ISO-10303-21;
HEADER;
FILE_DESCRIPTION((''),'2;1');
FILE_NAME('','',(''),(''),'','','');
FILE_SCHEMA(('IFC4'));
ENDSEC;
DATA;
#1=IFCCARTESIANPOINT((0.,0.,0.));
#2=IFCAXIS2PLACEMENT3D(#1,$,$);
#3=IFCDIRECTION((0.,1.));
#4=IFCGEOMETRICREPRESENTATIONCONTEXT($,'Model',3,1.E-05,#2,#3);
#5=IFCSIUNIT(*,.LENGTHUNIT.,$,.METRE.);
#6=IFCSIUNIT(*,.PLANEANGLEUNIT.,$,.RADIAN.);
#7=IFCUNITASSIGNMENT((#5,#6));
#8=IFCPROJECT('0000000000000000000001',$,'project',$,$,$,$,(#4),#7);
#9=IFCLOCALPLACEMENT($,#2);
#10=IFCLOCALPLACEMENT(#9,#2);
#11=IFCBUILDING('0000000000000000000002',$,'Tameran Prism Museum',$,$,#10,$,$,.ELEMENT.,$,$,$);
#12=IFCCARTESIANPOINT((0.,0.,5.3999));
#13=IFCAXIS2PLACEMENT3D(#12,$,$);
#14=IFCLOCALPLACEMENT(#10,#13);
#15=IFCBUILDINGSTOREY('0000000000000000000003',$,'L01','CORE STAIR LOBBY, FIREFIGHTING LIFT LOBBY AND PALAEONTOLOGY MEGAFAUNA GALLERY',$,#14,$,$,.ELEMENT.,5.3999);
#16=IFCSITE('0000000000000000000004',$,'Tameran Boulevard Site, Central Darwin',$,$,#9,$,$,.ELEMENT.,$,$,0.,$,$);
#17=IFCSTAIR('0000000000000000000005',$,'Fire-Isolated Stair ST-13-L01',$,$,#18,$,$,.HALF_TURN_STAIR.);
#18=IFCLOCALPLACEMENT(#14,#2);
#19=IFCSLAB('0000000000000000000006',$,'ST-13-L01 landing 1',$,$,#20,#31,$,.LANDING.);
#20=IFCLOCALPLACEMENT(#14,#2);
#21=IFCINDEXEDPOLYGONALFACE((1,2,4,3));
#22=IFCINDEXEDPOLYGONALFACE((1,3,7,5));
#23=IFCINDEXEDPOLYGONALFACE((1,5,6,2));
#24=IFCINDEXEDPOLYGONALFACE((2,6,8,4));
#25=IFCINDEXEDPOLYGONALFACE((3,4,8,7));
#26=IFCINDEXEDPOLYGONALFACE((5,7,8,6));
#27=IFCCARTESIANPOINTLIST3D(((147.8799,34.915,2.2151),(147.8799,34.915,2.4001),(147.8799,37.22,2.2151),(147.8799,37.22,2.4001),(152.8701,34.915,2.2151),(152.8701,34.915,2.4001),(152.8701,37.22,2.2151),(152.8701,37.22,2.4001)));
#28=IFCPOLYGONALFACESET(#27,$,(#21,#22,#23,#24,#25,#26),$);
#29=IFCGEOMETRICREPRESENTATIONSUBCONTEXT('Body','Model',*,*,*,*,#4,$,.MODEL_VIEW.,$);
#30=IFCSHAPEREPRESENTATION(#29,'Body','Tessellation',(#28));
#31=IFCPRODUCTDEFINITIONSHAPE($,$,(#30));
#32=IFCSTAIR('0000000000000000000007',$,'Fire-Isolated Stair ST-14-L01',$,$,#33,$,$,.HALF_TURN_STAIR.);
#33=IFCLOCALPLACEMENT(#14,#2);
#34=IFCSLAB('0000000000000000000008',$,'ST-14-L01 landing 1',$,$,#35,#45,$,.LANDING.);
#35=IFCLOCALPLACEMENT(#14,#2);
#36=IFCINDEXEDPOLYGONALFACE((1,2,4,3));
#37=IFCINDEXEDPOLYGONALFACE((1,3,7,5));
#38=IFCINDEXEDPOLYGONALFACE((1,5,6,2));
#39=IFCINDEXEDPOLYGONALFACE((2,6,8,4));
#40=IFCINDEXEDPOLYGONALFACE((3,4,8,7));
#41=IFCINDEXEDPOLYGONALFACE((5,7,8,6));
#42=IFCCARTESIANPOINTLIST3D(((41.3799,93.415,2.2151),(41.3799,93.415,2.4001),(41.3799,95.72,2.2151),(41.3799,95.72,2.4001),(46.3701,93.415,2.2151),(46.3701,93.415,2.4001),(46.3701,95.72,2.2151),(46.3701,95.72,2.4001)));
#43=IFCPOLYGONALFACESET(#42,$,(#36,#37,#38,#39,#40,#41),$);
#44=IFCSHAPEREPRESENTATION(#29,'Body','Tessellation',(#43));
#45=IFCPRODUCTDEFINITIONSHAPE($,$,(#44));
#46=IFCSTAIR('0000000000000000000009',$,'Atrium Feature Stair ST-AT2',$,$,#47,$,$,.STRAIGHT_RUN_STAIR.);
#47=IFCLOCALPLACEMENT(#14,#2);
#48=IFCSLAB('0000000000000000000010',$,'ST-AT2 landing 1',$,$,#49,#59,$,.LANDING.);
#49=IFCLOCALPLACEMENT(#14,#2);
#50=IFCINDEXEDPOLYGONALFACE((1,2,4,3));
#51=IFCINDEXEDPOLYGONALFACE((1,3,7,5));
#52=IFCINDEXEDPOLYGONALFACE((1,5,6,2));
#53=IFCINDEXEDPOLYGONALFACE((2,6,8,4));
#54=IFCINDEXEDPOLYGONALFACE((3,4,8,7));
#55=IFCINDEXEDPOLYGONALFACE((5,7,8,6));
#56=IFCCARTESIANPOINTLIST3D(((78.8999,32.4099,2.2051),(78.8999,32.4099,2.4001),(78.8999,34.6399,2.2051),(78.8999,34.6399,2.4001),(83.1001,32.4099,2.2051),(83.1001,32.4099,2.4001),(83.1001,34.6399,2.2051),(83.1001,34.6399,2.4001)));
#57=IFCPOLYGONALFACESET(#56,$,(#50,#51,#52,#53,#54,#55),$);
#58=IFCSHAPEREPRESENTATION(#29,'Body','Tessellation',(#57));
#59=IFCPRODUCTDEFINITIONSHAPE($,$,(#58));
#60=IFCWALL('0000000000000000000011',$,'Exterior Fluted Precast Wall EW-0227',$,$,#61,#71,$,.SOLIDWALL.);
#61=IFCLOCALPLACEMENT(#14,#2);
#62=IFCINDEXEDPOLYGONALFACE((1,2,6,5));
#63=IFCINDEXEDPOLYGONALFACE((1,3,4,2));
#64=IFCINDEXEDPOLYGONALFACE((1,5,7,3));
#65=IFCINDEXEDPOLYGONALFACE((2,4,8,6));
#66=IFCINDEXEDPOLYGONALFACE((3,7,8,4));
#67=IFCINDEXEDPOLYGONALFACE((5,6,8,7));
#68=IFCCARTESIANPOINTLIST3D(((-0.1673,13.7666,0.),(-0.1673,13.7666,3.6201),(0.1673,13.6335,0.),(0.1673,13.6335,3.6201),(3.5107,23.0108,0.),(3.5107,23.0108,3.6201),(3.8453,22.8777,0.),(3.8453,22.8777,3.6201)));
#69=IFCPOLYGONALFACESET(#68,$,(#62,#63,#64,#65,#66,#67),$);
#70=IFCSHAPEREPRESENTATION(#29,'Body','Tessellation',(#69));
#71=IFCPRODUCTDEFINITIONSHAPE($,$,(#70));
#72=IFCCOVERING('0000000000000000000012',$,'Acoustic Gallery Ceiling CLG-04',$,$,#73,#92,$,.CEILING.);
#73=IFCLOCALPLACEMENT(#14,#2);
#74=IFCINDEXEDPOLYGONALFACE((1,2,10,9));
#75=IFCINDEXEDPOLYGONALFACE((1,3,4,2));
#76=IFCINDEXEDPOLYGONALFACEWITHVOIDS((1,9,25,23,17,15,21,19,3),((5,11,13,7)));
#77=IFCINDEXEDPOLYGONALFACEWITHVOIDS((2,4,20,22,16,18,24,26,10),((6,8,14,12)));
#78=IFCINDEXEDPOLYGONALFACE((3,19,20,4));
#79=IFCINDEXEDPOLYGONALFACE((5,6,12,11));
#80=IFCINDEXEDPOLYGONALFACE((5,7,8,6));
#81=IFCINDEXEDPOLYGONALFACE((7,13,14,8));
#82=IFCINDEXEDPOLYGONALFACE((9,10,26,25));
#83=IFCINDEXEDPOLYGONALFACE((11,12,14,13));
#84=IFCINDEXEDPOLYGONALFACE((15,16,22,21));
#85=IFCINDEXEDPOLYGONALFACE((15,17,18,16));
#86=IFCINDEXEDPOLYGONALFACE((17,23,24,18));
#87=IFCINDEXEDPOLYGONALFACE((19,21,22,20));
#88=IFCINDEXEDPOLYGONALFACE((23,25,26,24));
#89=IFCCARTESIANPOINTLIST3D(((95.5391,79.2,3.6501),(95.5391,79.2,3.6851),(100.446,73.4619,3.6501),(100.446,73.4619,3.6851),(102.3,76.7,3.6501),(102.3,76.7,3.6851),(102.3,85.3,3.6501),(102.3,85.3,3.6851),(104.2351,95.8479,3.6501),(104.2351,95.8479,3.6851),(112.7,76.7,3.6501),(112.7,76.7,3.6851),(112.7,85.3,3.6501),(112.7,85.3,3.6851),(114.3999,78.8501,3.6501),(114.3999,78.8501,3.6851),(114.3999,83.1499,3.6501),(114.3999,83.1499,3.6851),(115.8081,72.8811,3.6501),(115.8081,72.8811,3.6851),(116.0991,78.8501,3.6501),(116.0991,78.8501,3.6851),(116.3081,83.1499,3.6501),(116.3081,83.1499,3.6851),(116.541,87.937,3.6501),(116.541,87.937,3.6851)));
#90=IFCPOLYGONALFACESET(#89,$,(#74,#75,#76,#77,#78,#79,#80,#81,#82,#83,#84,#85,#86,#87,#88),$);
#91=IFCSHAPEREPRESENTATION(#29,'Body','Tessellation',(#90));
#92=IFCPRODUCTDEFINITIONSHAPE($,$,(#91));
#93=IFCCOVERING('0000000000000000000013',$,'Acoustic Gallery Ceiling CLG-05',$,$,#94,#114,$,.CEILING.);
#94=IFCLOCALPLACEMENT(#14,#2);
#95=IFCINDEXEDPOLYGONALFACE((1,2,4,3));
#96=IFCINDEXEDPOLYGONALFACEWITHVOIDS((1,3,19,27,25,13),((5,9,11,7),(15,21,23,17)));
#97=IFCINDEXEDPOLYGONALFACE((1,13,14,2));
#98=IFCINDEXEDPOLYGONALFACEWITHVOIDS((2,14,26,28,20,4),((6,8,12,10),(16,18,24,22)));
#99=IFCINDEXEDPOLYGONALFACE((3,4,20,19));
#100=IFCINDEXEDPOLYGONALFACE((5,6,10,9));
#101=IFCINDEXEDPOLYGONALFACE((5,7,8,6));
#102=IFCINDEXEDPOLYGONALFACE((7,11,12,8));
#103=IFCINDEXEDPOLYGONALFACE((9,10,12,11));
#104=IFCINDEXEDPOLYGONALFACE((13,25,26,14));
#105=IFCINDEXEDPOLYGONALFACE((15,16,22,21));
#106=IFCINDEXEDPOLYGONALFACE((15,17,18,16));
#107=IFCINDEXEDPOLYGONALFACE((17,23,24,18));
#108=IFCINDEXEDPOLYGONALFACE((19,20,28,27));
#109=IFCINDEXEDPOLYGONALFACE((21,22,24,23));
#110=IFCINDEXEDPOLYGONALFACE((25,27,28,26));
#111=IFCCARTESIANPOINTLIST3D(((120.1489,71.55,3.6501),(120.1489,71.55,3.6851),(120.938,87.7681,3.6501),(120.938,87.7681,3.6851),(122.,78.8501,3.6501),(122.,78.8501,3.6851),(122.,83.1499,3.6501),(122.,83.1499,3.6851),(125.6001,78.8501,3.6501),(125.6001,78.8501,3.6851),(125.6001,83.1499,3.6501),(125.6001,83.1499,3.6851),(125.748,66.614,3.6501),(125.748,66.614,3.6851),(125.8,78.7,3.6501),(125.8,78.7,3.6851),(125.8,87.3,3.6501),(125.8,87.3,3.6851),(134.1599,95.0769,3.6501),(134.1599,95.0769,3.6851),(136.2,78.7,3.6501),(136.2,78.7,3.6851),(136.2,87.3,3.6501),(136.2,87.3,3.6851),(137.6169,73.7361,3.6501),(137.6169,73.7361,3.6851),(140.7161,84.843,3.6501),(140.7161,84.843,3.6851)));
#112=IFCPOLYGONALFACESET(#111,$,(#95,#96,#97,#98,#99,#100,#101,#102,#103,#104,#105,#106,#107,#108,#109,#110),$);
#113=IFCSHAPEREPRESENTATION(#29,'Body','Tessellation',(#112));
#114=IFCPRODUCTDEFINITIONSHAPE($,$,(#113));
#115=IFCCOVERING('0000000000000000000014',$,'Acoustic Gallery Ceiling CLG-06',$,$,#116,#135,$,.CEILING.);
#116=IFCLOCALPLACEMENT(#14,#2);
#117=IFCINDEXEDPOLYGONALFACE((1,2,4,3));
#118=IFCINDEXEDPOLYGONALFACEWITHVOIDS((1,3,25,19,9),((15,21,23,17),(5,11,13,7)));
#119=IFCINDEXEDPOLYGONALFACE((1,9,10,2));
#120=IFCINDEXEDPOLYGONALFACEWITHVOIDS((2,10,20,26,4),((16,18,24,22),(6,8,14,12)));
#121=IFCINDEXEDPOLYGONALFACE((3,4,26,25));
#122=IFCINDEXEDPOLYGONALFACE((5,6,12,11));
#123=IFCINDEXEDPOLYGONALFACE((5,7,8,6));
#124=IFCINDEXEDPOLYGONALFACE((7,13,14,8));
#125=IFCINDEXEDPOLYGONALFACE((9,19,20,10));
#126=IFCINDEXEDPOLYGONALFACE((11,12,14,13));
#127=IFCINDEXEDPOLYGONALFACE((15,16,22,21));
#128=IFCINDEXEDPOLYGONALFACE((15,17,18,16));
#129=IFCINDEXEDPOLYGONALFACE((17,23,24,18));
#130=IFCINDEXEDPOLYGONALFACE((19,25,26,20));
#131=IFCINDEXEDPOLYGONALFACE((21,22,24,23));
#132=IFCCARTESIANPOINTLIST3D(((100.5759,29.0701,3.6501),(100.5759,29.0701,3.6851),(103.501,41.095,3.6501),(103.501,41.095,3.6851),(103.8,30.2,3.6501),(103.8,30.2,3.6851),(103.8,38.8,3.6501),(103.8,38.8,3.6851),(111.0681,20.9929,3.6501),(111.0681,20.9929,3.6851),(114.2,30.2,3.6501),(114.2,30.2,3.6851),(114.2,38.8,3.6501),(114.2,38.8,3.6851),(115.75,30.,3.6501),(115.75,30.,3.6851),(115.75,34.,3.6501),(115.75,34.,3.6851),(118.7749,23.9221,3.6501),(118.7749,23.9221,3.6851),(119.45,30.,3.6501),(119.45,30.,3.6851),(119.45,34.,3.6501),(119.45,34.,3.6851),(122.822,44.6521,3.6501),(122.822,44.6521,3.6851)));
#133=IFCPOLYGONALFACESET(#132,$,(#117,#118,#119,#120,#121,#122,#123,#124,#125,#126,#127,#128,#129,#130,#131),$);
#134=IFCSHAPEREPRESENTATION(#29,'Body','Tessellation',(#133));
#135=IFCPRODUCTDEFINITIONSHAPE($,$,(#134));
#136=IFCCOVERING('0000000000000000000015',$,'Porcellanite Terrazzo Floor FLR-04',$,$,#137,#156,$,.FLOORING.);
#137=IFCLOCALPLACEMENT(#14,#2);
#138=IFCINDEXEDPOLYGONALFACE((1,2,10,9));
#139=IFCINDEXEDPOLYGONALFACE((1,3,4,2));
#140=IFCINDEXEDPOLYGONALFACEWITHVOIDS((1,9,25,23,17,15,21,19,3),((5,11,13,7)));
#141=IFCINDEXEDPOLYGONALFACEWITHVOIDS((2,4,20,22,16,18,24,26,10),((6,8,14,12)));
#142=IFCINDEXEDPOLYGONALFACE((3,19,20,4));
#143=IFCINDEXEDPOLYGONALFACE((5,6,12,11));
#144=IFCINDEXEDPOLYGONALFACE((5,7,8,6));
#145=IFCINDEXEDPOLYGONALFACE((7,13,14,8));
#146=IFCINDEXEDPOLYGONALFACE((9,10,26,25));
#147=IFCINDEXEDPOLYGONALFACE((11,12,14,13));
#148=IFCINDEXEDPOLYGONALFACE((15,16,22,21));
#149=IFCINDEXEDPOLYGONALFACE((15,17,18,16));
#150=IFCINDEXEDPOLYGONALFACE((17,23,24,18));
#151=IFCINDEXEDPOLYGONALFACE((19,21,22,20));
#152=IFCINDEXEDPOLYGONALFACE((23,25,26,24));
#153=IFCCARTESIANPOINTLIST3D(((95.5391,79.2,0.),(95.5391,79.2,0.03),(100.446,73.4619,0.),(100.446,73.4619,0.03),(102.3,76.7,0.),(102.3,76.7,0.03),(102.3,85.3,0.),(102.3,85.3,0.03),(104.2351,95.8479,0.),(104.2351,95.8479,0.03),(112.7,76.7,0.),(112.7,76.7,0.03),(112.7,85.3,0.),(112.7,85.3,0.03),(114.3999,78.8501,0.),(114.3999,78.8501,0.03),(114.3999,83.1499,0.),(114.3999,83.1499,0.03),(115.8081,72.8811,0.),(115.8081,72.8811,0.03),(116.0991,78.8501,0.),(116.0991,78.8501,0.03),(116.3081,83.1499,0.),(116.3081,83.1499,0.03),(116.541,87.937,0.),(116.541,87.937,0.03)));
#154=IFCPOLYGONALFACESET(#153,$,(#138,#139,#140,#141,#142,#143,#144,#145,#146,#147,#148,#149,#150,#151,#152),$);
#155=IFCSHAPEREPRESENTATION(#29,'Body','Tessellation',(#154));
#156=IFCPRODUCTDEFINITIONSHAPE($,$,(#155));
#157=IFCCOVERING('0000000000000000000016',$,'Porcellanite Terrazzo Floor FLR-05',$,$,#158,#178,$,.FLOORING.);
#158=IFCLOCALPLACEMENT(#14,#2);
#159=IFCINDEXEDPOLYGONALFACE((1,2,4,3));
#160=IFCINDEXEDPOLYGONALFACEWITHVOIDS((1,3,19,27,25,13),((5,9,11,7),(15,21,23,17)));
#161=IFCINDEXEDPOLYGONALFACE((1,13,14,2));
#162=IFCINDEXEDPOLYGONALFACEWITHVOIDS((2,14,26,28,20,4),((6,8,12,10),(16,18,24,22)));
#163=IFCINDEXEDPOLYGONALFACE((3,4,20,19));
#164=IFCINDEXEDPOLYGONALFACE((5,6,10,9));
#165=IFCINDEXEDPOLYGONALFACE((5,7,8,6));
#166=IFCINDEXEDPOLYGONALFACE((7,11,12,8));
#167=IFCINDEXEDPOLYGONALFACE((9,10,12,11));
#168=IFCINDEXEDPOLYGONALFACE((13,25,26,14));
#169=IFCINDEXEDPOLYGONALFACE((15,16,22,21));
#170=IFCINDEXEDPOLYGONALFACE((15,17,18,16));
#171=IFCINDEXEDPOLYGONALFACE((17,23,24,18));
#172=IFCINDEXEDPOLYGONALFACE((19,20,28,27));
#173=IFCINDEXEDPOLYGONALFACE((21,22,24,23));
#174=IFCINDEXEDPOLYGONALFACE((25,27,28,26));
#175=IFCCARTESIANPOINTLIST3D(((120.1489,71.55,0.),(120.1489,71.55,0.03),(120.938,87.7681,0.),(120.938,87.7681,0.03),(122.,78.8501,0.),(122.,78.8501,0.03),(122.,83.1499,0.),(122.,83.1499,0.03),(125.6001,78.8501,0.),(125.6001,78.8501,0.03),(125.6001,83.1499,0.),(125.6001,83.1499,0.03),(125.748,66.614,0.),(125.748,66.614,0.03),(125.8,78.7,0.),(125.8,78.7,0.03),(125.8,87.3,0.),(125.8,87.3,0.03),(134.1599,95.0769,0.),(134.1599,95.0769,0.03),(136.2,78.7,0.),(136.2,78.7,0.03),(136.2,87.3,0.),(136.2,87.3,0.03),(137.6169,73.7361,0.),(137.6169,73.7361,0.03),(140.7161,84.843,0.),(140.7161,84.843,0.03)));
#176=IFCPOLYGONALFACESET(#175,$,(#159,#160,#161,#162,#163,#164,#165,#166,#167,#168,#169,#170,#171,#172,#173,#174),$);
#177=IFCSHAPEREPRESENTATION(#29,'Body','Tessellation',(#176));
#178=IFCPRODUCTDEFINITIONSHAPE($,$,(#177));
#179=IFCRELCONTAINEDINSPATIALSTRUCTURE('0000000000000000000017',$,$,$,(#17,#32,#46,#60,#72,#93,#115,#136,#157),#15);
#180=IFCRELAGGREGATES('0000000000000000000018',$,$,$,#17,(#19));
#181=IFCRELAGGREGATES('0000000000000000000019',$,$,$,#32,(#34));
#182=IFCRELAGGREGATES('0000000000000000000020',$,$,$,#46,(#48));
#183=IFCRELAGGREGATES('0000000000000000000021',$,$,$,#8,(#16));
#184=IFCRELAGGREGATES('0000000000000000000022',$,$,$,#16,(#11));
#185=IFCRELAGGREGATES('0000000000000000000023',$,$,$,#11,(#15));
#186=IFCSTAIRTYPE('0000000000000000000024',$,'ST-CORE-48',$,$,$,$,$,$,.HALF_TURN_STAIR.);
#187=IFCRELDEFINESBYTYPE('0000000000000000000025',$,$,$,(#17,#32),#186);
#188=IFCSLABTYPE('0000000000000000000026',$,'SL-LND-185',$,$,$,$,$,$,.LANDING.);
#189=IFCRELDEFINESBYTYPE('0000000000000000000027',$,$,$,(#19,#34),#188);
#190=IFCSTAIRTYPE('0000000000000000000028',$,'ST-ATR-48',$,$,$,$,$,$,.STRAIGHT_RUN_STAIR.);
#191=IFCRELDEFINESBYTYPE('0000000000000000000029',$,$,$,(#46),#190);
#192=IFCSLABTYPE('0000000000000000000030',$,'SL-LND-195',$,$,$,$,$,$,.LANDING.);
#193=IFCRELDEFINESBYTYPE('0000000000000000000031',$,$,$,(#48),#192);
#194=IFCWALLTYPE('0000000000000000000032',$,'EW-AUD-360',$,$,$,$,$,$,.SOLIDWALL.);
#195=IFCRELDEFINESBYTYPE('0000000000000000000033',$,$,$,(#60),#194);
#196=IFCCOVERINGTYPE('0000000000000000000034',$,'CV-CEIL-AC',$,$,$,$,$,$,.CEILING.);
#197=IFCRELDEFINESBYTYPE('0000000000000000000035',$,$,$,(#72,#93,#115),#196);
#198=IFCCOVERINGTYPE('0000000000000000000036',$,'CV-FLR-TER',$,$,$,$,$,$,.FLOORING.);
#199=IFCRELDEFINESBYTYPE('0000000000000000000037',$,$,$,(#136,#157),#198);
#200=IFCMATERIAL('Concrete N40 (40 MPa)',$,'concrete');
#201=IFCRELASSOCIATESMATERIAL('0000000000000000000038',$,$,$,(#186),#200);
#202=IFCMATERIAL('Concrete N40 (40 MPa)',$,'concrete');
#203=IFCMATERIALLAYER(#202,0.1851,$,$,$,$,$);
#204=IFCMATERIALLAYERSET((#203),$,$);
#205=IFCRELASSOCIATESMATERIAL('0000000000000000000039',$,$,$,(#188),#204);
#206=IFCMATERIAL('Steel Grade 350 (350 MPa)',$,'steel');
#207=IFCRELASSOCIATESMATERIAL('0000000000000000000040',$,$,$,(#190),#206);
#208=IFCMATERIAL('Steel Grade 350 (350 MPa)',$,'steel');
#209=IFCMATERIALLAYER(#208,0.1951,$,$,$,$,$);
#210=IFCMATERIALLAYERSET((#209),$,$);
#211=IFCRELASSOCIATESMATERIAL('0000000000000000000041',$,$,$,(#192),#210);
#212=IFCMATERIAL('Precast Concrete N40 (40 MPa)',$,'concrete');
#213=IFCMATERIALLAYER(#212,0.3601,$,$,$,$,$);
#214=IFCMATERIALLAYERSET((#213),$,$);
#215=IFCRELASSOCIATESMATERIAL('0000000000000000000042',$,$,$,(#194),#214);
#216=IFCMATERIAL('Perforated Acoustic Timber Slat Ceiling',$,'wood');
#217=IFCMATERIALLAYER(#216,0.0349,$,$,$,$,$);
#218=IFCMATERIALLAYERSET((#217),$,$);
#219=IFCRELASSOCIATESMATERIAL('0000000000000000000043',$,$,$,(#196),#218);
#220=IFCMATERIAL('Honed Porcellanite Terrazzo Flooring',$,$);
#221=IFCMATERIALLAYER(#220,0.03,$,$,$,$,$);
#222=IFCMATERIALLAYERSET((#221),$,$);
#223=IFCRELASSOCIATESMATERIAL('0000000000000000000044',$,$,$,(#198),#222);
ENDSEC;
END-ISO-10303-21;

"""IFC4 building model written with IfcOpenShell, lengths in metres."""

from ifc_helpers import new_model, si_unit, direction, frame, frame_2d, origin, place, context, subcontext, project, spatial, polyline, rectangle, outline, extrude, material, layer, layer_set, type_object, element, aggregate, save


model = new_model("IFC4")

# Units and contexts
model_context = context("Model", 3, precision=1e-05, world=origin(), true_north=direction((0.0, 1.0)))
body_context = subcontext(model_context, "Body", "Model", "MODEL_VIEW")
ifc_project = project(units=[si_unit("LENGTHUNIT", "METRE"), si_unit("PLANEANGLEUNIT", "RADIAN")], contexts=[model_context])

# Site, building, storey
site_placement = place(None, origin())
site = spatial("IfcSite", under=ifc_project, at=site_placement, Name="Tameran Boulevard Site, Central Darwin", CompositionType="ELEMENT", RefElevation=0.0)
building_placement = place(site_placement, origin())
building = spatial("IfcBuilding", under=site, at=building_placement, Name="Tameran Prism Museum", CompositionType="ELEMENT")
storey_placement = place(building_placement, frame((0.0, 0.0, 5.3999)))
storey = spatial("IfcBuildingStorey", under=building, at=storey_placement, Name="L01", Description="CORE STAIR LOBBY, FIREFIGHTING LIFT LOBBY AND PALAEONTOLOGY MEGAFAUNA GALLERY", CompositionType="ELEMENT", Elevation=5.3999)

# Stairs, slabs
ifc_material_1 = material(Name="Concrete N40 (40 MPa)", Category="concrete")
stair_type_1 = type_object("IfcStairType", Name="ST-CORE-48", PredefinedType="HALF_TURN_STAIR", material=ifc_material_1)
ifc_material_2 = material(Name="Concrete N40 (40 MPa)", Category="concrete")
ifc_layer_1 = layer(ifc_material_2, 0.1851)
ifc_layer_set_1 = layer_set([ifc_layer_1])
slab_type_1 = type_object("IfcSlabType", Name="SL-LND-185", PredefinedType="LANDING", material=ifc_layer_set_1)
stair_1_placement = place(storey_placement, origin())
stair_1 = element("IfcStair", 1, at=stair_1_placement, inside=storey, type_object=stair_type_1, Name="Fire-Isolated Stair ST-13-L01", PredefinedType="HALF_TURN_STAIR")
slab_1_placement = place(storey_placement, frame((0.0, 0.0, 2.2151)))
slab_1 = element("IfcSlab", 2, at=slab_1_placement, type_object=slab_type_1, Name="ST-13-L01 landing 1", PredefinedType="LANDING", context=body_context, shape_type="SweptSolid", body=[
    extrude(outline(polyline([(147.8799, 34.915), (152.8701, 34.915), (152.8701, 37.22), (147.8799, 37.22), (147.8799, 34.915)])), origin(), (0.0, 0.0, 1.0), 0.1851),
])
aggregate(stair_1, [slab_1])
stair_2_placement = place(storey_placement, origin())
stair_2 = element("IfcStair", 3, at=stair_2_placement, inside=storey, type_object=stair_type_1, Name="Fire-Isolated Stair ST-14-L01", PredefinedType="HALF_TURN_STAIR")
slab_2_placement = place(storey_placement, frame((0.0, 0.0, 2.2151)))
slab_2 = element("IfcSlab", 4, at=slab_2_placement, type_object=slab_type_1, Name="ST-14-L01 landing 1", PredefinedType="LANDING", context=body_context, shape_type="SweptSolid", body=[
    extrude(outline(polyline([(41.3799, 93.415), (46.3701, 93.415), (46.3701, 95.72), (41.3799, 95.72), (41.3799, 93.415)])), origin(), (0.0, 0.0, 1.0), 0.1851),
])
aggregate(stair_2, [slab_2])
ifc_material_3 = material(Name="Steel Grade 350 (350 MPa)", Category="steel")
stair_type_2 = type_object("IfcStairType", Name="ST-ATR-48", PredefinedType="STRAIGHT_RUN_STAIR", material=ifc_material_3)
stair_3_placement = place(storey_placement, origin())
stair_3 = element("IfcStair", 5, at=stair_3_placement, inside=storey, type_object=stair_type_2, Name="Atrium Feature Stair ST-AT2", PredefinedType="STRAIGHT_RUN_STAIR")
ifc_material_4 = material(Name="Steel Grade 350 (350 MPa)", Category="steel")
ifc_layer_2 = layer(ifc_material_4, 0.1951)
ifc_layer_set_2 = layer_set([ifc_layer_2])
slab_type_2 = type_object("IfcSlabType", Name="SL-LND-195", PredefinedType="LANDING", material=ifc_layer_set_2)
slab_3_placement = place(storey_placement, frame((0.0, 0.0, 2.2051)))
slab_3 = element("IfcSlab", 6, at=slab_3_placement, type_object=slab_type_2, Name="ST-AT2 landing 1", PredefinedType="LANDING", context=body_context, shape_type="SweptSolid", body=[
    extrude(outline(polyline([(78.8999, 32.4099), (83.1001, 32.4099), (83.1001, 34.6399), (78.8999, 34.6399), (78.8999, 32.4099)])), origin(), (0.0, 0.0, 1.0), 0.1951),
])
aggregate(stair_3, [slab_3])

# Wall
ifc_material_5 = material(Name="Precast Concrete N40 (40 MPa)", Category="concrete")
ifc_layer_3 = layer(ifc_material_5, 0.3601)
ifc_layer_set_3 = layer_set([ifc_layer_3])
wall_type = type_object("IfcWallType", Name="EW-AUD-360", PredefinedType="SOLIDWALL", material=ifc_layer_set_3)
wall_placement = place(storey_placement, frame((0.0, 13.7, 0.0), z_axis=(0.0, 0.0, 1.0), x_axis=(0.369685, 0.929157, 0.0)))
element("IfcWall", 7, at=wall_placement, inside=storey, type_object=wall_type, Name="Exterior Fluted Precast Wall EW-0227", PredefinedType="SOLIDWALL", context=body_context, shape_type="SweptSolid", body=[
    extrude(rectangle(XDim=9.949, YDim=0.3601, at=frame_2d((4.9746, 0.0))), origin(), (0.0, 0.0, 1.0), 3.6201),
])

# Coverings
ifc_material_6 = material(Name="Perforated Acoustic Timber Slat Ceiling", Category="wood")
ifc_layer_4 = layer(ifc_material_6, 0.0349)
ifc_layer_set_4 = layer_set([ifc_layer_4])
covering_type_1 = type_object("IfcCoveringType", Name="CV-CEIL-AC", PredefinedType="CEILING", material=ifc_layer_set_4)
covering_1_placement = place(storey_placement, frame((0.0, 0.0, 3.6501)))
element("IfcCovering", 8, at=covering_1_placement, inside=storey, type_object=covering_type_1, Name="Acoustic Gallery Ceiling CLG-04", PredefinedType="CEILING", context=body_context, shape_type="SweptSolid", body=[
    extrude(outline(polyline([(95.5391, 79.2), (104.2351, 95.8479), (116.541, 87.937), (116.3081, 83.1499), (114.3999, 83.1499), (114.3999, 78.8501), (116.0991, 78.8501), (115.8081, 72.8811), (100.446, 73.4619), (95.5391, 79.2)]), holes=[polyline([(112.7, 85.3), (102.3, 85.3), (102.3, 76.7), (112.7, 76.7), (112.7, 85.3)])]), origin(), (0.0, 0.0, 1.0), 0.0349),
])
covering_2_placement = place(storey_placement, frame((0.0, 0.0, 3.6501)))
element("IfcCovering", 9, at=covering_2_placement, inside=storey, type_object=covering_type_1, Name="Acoustic Gallery Ceiling CLG-05", PredefinedType="CEILING", context=body_context, shape_type="SweptSolid", body=[
    extrude(outline(polyline([(120.938, 87.7681), (134.1599, 95.0769), (140.7161, 84.843), (137.6169, 73.7361), (125.748, 66.614), (120.1489, 71.55), (120.938, 87.7681)]), holes=[polyline([(125.6001, 78.8501), (125.6001, 83.1499), (122.0, 83.1499), (122.0, 78.8501), (125.6001, 78.8501)]), polyline([(136.2, 87.3), (125.8, 87.3), (125.8, 78.7), (136.2, 78.7), (136.2, 87.3)])]), origin(), (0.0, 0.0, 1.0), 0.0349),
])
covering_3_placement = place(storey_placement, frame((0.0, 0.0, 3.6501)))
element("IfcCovering", 10, at=covering_3_placement, inside=storey, type_object=covering_type_1, Name="Acoustic Gallery Ceiling CLG-06", PredefinedType="CEILING", context=body_context, shape_type="SweptSolid", body=[
    extrude(outline(polyline([(103.501, 41.095), (122.822, 44.6521), (118.7749, 23.9221), (111.0681, 20.9929), (100.5759, 29.0701), (103.501, 41.095)]), holes=[polyline([(119.45, 34.0), (115.75, 34.0), (115.75, 30.0), (119.45, 30.0), (119.45, 34.0)]), polyline([(114.2, 30.2), (114.2, 38.8), (103.8, 38.8), (103.8, 30.2), (114.2, 30.2)])]), origin(), (0.0, 0.0, 1.0), 0.0349),
])
ifc_material_7 = material(Name="Honed Porcellanite Terrazzo Flooring")
ifc_layer_5 = layer(ifc_material_7, 0.03)
ifc_layer_set_5 = layer_set([ifc_layer_5])
covering_type_2 = type_object("IfcCoveringType", Name="CV-FLR-TER", PredefinedType="FLOORING", material=ifc_layer_set_5)
covering_4_placement = place(storey_placement, origin())
element("IfcCovering", 11, at=covering_4_placement, inside=storey, type_object=covering_type_2, Name="Porcellanite Terrazzo Floor FLR-04", PredefinedType="FLOORING", context=body_context, shape_type="SweptSolid", body=[
    extrude(outline(polyline([(95.5391, 79.2), (104.2351, 95.8479), (116.541, 87.937), (116.3081, 83.1499), (114.3999, 83.1499), (114.3999, 78.8501), (116.0991, 78.8501), (115.8081, 72.8811), (100.446, 73.4619), (95.5391, 79.2)]), holes=[polyline([(112.7, 85.3), (102.3, 85.3), (102.3, 76.7), (112.7, 76.7), (112.7, 85.3)])]), origin(), (0.0, 0.0, 1.0), 0.03),
])
covering_5_placement = place(storey_placement, origin())
element("IfcCovering", 12, at=covering_5_placement, inside=storey, type_object=covering_type_2, Name="Porcellanite Terrazzo Floor FLR-05", PredefinedType="FLOORING", context=body_context, shape_type="SweptSolid", body=[
    extrude(outline(polyline([(120.938, 87.7681), (134.1599, 95.0769), (140.7161, 84.843), (137.6169, 73.7361), (125.748, 66.614), (120.1489, 71.55), (120.938, 87.7681)]), holes=[polyline([(125.6001, 78.8501), (125.6001, 83.1499), (122.0, 83.1499), (122.0, 78.8501), (125.6001, 78.8501)]), polyline([(136.2, 87.3), (125.8, 87.3), (125.8, 78.7), (136.2, 78.7), (136.2, 87.3)])]), origin(), (0.0, 0.0, 1.0), 0.03),
])

save(model, "model.ifc")
